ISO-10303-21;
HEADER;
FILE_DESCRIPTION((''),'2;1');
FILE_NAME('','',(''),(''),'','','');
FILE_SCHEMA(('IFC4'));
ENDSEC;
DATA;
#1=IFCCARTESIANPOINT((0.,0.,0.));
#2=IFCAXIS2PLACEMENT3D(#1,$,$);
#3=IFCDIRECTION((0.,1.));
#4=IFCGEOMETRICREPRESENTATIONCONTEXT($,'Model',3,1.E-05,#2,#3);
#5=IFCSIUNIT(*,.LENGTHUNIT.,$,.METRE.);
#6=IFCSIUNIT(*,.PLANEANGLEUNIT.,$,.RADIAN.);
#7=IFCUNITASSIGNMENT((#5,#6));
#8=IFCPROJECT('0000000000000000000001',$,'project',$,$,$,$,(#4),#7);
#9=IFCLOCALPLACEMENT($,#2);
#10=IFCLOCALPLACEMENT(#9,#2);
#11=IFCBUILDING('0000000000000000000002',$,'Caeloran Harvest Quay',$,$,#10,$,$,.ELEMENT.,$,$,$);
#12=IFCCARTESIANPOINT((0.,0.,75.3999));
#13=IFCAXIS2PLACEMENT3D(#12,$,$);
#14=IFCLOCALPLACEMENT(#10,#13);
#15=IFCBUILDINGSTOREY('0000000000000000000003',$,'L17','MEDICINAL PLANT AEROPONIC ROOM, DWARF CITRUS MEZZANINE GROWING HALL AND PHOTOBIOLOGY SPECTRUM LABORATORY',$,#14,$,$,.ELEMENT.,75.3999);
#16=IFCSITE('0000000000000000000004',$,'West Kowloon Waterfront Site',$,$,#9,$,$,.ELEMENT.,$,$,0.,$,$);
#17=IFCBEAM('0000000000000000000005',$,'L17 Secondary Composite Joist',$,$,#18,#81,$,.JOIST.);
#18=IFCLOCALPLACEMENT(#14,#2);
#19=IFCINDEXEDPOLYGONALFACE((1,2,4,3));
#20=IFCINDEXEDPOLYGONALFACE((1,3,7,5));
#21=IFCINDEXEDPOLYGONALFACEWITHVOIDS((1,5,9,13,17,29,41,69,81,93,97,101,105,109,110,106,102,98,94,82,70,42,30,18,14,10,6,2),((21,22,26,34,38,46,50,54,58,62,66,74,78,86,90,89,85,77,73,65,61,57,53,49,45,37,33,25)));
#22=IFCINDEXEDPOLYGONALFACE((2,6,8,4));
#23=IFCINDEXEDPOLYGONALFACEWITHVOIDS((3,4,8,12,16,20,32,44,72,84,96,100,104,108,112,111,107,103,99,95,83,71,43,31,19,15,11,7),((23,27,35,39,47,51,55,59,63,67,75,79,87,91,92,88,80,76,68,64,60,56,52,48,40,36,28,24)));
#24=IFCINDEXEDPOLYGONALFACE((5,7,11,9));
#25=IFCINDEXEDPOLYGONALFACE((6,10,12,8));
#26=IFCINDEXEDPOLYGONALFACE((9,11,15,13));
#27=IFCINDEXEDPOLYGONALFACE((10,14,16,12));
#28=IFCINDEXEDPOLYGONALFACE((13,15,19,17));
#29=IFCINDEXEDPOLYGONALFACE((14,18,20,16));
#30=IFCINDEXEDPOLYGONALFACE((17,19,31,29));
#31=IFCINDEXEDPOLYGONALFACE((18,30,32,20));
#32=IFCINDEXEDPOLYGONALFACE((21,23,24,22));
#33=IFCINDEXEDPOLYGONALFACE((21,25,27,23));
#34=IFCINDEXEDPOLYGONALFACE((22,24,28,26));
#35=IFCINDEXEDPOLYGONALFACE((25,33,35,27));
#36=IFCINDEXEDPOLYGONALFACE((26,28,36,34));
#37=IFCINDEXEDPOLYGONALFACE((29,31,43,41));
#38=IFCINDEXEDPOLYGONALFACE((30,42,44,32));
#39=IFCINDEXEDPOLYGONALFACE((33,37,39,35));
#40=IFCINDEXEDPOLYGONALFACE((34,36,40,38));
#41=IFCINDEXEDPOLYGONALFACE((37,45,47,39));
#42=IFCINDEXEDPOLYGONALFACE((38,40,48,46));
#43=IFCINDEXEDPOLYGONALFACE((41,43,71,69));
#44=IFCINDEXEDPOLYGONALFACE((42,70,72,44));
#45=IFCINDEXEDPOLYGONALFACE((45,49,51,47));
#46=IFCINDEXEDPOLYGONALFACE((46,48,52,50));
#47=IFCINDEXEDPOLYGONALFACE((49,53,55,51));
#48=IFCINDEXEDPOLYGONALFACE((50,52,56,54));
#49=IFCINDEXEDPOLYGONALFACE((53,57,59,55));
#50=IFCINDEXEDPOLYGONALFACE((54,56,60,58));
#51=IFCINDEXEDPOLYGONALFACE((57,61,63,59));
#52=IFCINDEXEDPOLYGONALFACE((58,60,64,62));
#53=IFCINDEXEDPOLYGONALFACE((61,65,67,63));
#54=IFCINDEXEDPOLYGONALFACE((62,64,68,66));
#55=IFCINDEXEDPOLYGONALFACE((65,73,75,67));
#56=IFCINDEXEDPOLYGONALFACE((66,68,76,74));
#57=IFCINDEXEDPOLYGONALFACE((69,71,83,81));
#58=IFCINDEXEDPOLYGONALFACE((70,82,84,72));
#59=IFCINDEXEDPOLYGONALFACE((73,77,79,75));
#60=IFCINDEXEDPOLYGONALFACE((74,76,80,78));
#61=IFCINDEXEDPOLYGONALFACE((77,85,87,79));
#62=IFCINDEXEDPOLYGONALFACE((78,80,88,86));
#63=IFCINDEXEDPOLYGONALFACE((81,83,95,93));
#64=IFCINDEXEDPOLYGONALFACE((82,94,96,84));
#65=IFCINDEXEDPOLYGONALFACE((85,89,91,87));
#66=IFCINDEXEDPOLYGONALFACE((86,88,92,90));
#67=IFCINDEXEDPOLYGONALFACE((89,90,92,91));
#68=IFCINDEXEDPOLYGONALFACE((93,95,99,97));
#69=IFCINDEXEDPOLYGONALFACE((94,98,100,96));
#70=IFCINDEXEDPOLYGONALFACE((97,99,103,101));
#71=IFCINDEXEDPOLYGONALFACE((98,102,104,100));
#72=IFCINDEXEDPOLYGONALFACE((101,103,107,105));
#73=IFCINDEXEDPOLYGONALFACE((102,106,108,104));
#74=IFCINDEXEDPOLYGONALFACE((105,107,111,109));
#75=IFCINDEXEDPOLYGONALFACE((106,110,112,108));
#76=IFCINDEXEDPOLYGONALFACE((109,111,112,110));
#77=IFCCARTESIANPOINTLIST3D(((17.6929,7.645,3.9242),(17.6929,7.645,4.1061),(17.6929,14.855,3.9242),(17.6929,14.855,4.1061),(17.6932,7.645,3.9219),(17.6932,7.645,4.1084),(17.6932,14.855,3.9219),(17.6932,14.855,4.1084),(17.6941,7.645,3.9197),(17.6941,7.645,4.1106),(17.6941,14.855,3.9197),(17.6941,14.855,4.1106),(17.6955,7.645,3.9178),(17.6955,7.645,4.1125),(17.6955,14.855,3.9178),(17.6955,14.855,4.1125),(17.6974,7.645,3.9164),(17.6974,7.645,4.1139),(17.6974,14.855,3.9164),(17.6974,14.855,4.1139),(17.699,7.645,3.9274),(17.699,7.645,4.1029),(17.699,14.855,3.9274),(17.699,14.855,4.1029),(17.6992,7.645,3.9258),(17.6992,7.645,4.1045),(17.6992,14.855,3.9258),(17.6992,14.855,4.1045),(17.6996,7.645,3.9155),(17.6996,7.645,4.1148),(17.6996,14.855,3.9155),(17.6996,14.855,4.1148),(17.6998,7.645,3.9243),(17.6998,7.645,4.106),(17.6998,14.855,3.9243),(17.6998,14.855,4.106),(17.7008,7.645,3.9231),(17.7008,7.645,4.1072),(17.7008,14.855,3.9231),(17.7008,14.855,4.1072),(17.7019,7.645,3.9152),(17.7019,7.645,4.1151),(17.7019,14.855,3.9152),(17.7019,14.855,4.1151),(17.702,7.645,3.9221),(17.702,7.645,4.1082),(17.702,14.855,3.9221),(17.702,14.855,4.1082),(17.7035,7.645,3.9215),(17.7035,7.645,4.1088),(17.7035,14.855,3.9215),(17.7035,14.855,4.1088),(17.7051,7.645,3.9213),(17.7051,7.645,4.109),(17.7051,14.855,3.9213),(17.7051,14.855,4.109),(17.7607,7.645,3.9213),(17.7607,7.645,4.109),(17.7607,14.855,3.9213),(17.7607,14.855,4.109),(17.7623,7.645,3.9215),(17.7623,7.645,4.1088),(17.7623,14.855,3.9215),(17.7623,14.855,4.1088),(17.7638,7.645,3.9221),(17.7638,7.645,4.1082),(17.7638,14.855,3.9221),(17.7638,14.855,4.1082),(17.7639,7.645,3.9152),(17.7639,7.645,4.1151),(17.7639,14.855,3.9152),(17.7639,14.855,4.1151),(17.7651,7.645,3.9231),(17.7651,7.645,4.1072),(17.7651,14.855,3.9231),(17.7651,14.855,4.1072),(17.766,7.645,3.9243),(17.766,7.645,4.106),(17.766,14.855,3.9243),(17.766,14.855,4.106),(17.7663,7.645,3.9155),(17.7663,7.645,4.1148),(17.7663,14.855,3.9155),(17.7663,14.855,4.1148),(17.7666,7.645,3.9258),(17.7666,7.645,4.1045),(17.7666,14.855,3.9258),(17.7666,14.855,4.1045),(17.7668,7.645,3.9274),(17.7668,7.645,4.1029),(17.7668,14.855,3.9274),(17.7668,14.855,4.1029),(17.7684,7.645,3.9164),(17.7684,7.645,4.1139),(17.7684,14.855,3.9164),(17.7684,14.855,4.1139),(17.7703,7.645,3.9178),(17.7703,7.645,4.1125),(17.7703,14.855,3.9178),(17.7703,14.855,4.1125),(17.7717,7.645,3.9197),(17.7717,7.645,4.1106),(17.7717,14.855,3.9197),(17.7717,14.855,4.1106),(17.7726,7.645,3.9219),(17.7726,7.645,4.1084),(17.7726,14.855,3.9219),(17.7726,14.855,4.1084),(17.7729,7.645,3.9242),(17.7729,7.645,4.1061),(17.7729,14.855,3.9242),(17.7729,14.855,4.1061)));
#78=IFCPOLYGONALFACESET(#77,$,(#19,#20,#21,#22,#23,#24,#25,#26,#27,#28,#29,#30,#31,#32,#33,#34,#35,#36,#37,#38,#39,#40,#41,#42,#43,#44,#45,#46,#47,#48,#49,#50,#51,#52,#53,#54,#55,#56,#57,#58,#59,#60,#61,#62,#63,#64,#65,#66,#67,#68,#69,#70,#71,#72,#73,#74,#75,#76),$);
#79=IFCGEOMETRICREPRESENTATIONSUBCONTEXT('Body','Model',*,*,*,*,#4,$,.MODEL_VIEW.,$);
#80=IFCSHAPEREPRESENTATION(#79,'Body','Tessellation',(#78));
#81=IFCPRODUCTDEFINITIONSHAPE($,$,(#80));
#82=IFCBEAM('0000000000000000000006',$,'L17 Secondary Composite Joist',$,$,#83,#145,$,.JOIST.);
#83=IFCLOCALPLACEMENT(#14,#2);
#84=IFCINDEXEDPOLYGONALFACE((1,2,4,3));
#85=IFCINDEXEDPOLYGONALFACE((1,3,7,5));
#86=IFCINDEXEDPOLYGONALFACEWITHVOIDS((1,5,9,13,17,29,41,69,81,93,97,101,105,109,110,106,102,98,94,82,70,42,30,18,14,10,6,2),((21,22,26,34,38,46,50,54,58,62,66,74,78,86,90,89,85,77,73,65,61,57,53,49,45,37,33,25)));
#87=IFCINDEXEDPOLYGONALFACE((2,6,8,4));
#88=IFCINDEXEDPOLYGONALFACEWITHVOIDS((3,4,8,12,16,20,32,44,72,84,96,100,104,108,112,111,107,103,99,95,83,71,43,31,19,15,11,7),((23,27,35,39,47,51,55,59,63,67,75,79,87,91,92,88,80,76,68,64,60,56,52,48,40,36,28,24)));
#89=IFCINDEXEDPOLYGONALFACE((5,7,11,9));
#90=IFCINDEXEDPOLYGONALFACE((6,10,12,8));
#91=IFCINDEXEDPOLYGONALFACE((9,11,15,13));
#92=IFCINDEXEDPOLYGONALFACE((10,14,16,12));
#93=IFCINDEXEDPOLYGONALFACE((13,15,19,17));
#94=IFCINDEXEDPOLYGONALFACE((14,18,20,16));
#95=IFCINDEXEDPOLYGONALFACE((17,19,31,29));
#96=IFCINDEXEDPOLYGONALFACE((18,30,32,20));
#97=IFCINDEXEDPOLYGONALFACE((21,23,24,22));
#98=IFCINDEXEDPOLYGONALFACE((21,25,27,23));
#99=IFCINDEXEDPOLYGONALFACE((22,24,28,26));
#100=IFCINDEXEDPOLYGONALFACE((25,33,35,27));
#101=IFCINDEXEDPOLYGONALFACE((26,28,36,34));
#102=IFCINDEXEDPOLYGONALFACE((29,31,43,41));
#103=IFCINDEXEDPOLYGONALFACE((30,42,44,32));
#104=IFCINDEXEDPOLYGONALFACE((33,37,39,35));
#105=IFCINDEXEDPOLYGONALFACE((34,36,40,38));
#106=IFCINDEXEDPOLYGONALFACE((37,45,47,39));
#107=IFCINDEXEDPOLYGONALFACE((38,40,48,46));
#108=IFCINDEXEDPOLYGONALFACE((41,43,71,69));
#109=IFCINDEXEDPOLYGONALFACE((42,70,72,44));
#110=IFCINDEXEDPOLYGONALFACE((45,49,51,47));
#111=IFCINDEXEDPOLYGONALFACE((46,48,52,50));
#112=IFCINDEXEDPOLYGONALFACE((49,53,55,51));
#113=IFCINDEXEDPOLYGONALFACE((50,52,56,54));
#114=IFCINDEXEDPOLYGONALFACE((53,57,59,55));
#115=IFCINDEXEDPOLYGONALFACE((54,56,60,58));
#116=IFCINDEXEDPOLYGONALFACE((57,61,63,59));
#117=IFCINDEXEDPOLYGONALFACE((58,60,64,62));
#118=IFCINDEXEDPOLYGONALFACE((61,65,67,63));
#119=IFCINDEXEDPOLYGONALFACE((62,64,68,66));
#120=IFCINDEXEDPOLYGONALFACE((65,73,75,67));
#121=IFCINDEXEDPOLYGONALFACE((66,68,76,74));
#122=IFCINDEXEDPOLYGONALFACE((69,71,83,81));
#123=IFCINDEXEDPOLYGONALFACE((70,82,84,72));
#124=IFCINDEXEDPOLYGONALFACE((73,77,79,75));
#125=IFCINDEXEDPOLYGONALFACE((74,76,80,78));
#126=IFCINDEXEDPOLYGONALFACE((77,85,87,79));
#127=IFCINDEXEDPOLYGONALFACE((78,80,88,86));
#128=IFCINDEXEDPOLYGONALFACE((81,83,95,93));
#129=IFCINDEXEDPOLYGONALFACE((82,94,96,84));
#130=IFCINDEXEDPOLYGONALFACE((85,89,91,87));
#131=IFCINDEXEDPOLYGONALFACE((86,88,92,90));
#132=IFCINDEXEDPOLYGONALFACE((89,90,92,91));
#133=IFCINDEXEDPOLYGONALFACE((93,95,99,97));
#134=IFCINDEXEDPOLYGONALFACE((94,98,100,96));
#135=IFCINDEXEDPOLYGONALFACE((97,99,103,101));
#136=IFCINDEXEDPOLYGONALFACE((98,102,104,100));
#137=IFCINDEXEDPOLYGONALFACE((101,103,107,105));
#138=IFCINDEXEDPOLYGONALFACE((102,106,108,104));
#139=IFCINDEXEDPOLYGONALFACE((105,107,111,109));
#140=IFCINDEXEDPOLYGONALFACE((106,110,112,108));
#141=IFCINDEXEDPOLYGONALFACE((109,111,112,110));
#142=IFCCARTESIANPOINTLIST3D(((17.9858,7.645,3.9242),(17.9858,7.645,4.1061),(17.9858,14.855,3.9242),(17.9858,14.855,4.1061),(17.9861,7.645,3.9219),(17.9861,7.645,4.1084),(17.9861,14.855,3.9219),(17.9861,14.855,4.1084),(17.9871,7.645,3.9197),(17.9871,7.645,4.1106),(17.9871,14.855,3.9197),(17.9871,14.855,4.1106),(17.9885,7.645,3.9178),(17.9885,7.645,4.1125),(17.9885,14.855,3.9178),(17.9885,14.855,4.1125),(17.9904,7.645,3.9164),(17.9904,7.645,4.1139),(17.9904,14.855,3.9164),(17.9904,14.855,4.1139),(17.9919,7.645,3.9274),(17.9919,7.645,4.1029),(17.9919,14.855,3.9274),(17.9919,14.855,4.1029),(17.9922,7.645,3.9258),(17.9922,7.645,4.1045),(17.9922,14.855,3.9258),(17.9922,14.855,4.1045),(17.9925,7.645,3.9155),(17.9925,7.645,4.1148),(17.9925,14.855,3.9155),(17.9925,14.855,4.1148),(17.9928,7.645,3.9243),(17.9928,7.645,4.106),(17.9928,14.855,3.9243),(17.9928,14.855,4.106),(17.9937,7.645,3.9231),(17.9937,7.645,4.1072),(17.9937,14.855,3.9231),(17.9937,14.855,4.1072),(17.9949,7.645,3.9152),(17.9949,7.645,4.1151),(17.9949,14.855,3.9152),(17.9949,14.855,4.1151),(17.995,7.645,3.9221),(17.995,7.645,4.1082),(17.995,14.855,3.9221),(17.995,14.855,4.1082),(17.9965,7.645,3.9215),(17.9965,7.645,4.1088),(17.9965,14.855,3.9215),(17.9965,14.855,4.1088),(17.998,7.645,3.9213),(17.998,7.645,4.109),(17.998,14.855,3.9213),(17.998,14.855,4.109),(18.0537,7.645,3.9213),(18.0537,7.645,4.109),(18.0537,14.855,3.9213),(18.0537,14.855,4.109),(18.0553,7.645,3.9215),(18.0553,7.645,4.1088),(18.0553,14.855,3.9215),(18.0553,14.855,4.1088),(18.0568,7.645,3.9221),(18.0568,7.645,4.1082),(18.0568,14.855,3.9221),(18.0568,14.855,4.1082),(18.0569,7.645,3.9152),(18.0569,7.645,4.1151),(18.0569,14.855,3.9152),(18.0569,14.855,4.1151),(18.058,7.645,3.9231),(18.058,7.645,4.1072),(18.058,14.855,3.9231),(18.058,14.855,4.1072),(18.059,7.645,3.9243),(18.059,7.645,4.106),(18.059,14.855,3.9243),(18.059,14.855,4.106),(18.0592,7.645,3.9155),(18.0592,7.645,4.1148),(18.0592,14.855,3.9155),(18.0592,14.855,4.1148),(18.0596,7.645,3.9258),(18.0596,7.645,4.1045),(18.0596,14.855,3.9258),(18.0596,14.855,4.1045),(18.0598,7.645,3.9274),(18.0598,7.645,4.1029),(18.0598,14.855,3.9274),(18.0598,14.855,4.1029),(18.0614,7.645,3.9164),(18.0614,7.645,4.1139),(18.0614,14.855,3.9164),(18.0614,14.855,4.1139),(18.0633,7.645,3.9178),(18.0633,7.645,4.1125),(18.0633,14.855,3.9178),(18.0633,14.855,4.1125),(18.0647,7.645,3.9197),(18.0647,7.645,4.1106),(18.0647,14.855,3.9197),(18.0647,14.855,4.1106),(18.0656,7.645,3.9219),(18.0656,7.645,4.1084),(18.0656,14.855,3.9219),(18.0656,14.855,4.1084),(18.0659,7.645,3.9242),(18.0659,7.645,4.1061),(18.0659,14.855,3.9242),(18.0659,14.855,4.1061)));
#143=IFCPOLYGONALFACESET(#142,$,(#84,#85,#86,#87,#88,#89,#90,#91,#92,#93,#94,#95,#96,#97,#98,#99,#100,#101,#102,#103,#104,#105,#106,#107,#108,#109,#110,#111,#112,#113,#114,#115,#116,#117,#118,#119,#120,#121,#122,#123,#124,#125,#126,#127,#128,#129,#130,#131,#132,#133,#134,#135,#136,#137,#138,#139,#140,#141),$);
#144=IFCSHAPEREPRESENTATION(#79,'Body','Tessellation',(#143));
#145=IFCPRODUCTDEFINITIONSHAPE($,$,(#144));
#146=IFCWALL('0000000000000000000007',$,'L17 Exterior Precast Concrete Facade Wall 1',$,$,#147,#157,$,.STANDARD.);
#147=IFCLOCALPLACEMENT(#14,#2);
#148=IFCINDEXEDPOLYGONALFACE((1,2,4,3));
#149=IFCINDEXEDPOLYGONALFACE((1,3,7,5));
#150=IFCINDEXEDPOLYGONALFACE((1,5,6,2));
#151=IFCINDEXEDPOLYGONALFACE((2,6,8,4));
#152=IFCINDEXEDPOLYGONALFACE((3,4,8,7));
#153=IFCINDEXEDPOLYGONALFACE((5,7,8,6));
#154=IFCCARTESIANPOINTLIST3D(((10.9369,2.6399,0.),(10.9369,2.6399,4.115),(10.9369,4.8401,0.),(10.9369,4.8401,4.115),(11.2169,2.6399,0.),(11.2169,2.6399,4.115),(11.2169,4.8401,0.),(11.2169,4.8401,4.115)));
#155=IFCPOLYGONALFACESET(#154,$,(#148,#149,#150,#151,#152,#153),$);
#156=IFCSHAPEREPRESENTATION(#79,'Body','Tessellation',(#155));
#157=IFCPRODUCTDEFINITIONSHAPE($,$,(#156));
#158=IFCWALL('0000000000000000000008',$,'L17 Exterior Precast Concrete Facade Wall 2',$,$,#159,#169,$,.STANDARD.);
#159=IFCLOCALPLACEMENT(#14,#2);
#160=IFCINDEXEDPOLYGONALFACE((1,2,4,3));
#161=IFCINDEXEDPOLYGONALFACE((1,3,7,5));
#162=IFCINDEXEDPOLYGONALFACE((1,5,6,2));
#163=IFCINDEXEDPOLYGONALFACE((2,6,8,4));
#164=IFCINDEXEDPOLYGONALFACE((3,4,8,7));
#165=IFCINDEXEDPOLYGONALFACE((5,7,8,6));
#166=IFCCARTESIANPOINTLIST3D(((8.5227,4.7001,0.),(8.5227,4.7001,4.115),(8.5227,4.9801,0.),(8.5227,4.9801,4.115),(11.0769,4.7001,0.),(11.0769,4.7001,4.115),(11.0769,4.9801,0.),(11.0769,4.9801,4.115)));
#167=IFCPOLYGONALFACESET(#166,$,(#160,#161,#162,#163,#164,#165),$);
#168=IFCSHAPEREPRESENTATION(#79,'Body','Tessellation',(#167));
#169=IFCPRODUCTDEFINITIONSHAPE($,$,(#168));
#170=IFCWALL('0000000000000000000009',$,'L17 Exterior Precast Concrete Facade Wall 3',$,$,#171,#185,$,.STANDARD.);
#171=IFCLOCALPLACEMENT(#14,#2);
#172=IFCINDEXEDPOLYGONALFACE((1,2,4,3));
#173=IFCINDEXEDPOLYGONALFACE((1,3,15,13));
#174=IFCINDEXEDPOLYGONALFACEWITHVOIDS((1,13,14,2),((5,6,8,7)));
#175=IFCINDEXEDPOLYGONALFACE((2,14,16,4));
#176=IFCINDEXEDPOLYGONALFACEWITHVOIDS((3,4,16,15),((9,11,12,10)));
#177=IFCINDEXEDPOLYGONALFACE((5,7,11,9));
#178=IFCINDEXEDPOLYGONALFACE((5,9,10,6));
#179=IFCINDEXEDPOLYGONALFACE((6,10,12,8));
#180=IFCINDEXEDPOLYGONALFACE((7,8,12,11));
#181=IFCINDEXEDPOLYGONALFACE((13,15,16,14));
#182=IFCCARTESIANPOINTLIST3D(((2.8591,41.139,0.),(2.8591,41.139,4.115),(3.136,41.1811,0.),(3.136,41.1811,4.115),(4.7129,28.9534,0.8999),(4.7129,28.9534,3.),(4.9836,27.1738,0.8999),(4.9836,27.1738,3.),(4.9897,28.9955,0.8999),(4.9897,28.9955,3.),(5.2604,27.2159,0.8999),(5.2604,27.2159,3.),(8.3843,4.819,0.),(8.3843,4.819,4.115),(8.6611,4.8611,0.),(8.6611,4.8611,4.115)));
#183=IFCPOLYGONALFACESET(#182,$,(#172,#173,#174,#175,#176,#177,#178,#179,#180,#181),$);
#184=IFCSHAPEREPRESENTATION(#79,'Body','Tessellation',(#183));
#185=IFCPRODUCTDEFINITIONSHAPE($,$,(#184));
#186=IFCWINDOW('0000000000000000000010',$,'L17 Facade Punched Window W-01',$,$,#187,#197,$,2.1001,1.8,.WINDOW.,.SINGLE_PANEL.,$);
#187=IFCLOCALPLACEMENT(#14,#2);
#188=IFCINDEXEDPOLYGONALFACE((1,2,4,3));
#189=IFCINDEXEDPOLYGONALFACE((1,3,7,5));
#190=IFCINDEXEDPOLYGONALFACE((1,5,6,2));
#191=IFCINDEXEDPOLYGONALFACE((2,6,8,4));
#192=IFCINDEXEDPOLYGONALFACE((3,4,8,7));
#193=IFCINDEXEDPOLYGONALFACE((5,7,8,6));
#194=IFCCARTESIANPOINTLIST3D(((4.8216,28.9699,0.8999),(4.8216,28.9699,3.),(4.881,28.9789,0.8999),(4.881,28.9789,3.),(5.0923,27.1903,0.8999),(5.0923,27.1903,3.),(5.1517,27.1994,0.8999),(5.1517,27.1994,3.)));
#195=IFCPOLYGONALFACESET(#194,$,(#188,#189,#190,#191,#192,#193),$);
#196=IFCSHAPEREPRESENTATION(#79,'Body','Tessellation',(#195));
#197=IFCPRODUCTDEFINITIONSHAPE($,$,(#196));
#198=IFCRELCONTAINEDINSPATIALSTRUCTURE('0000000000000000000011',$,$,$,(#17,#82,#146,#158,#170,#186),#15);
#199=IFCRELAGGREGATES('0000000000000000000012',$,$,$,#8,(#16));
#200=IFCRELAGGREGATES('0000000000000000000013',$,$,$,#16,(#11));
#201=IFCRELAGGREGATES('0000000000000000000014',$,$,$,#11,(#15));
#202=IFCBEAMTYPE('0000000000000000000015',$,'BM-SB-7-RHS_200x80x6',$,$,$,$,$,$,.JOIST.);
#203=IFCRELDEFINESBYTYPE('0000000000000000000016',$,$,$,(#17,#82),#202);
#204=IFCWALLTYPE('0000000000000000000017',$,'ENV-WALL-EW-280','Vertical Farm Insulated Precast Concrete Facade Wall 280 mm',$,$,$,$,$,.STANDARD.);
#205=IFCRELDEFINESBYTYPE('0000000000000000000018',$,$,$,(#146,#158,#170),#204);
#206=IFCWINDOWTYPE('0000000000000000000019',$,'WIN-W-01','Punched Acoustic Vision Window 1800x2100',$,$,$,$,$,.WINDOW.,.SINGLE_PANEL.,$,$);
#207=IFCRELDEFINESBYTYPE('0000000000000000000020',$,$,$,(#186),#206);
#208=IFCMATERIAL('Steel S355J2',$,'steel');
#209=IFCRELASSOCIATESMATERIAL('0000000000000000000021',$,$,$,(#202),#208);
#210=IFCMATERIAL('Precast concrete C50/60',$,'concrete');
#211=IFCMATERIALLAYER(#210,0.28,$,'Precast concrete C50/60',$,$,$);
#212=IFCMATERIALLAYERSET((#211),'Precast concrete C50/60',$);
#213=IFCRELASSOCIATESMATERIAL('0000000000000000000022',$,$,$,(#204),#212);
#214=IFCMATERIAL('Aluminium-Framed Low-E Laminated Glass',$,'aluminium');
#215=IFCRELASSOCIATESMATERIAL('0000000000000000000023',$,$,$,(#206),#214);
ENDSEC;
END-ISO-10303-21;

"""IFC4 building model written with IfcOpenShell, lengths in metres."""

from ifc_helpers import new_model, si_unit, direction, frame, frame_2d, origin, origin_2d, place, context, subcontext, project, spatial, rectangle, hollow_rectangle, extrude, material, layer, layer_set, material_profile, profile_set, type_object, element, fill, save


model = new_model("IFC4")

# Units and contexts
model_context = context("Model", 3, precision=1e-05, world=origin(), true_north=direction((0.0, 1.0)))
body_context = subcontext(model_context, "Body", "Model", "MODEL_VIEW")
ifc_project = project(units=[si_unit("LENGTHUNIT", "METRE"), si_unit("PLANEANGLEUNIT", "RADIAN")], contexts=[model_context])

# Site, building, storey
site_placement = place(None, origin())
site = spatial("IfcSite", under=ifc_project, at=site_placement, Name="West Kowloon Waterfront Site", CompositionType="ELEMENT", RefElevation=0.0)
building_placement = place(site_placement, origin())
building = spatial("IfcBuilding", under=site, at=building_placement, Name="Caeloran Harvest Quay", CompositionType="ELEMENT")
storey_placement = place(building_placement, frame((0.0, 0.0, 75.3999)))
storey = spatial("IfcBuildingStorey", under=building, at=storey_placement, Name="L17", Description="MEDICINAL PLANT AEROPONIC ROOM, DWARF CITRUS MEZZANINE GROWING HALL AND PHOTOBIOLOGY SPECTRUM LABORATORY", CompositionType="ELEMENT", Elevation=75.3999)

# Beams
ifc_material_1 = material(Name="Steel S355J2", Category="steel")
ifc_material_profile_1 = material_profile(ifc_material_1, hollow_rectangle(XDim=0.0801, YDim=0.2, WallThickness=0.0061, InnerFilletRadius=0.0061, OuterFilletRadius=0.009, at=origin_2d()), Name="RHS 200x80x6")
ifc_profile_set_1 = profile_set([ifc_material_profile_1], Name="Steel S355J2")
beam_type_1 = type_object("IfcBeamType", Name="BM-SB-7-RHS_200x80x6", PredefinedType="JOIST", material=ifc_profile_set_1)
for number, where, z_axis, x_axis, name in (
    (1, (17.7329, 7.645, 4.0151), (0.0, 1.0, 0.0), (-1.0, 0.0, 0.0), "L17 Secondary Composite Joist"),
    (2, (18.0259, 7.645, 4.0151), (0.0, 1.0, 0.0), (-1.0, 0.0, 0.0), "L17 Secondary Composite Joist"),
):
    element("IfcBeam", number, at=place(storey_placement, frame(where, z_axis=z_axis, x_axis=x_axis)), inside=storey, type_object=beam_type_1, Name=name, PredefinedType="JOIST", context=body_context, shape_type="SweptSolid", body=[
        extrude(hollow_rectangle(XDim=0.0801, YDim=0.2, WallThickness=0.0061, InnerFilletRadius=0.0061, OuterFilletRadius=0.009, at=origin_2d()), origin(), (0.0, 0.0, 1.0), 7.21),
    ])

# Walls
ifc_material_2 = material(Name="Precast concrete C50/60", Category="concrete")
ifc_layer_1 = layer(ifc_material_2, 0.28, Name="Precast concrete C50/60")
ifc_layer_set_1 = layer_set([ifc_layer_1], Name="Precast concrete C50/60")
wall_type_1 = type_object("IfcWallType", Name="ENV-WALL-EW-280", Description="Vertical Farm Insulated Precast Concrete Facade Wall 280 mm", PredefinedType="STANDARD", material=ifc_layer_set_1)
wall_1_placement = place(storey_placement, frame((11.0769, 2.6399, 0.0), z_axis=(0.0, 0.0, 1.0), x_axis=(0.0, 1.0, 0.0)))
element("IfcWall", 3, at=wall_1_placement, inside=storey, type_object=wall_type_1, Name="L17 Exterior Precast Concrete Facade Wall 1", PredefinedType="STANDARD", context=body_context, shape_type="SweptSolid", body=[
    extrude(rectangle(XDim=2.2002, YDim=0.28, at=frame_2d((1.1001, 0.0))), origin(), (0.0, 0.0, 1.0), 4.115),
])
wall_2_placement = place(storey_placement, frame((11.0769, 4.8401, 0.0), z_axis=(0.0, 0.0, 1.0), x_axis=(-1.0, 0.0, 0.0)))
element("IfcWall", 4, at=wall_2_placement, inside=storey, type_object=wall_type_1, Name="L17 Exterior Precast Concrete Facade Wall 2", PredefinedType="STANDARD", context=body_context, shape_type="SweptSolid", body=[
    extrude(rectangle(XDim=2.5542, YDim=0.28, at=frame_2d((1.2771, 0.0))), origin(), (0.0, 0.0, 1.0), 4.115),
])

# Wall, opening, window
wall_3_placement = place(storey_placement, frame((8.5227, 4.8401, 0.0), z_axis=(0.0, 0.0, 1.0), x_axis=(-0.150395, 0.988626, 0.0)))
wall_3 = element("IfcWall", 5, at=wall_3_placement, inside=storey, type_object=wall_type_1, Name="L17 Exterior Precast Concrete Facade Wall 3", PredefinedType="STANDARD", context=body_context, shape_type="SweptSolid", body=[
    extrude(rectangle(XDim=36.7378, YDim=0.28, at=frame_2d((18.3689, 0.0))), origin(), (0.0, 0.0, 1.0), 4.115),
])
opening_placement = place(wall_3_placement, frame((22.6121, 0.0, 0.8999)))
opening = element("IfcOpeningElement", 6, at=opening_placement, cuts=wall_3, PredefinedType="OPENING", context=body_context, shape_type="SweptSolid", body=[
    extrude(rectangle(XDim=1.8, YDim=2.1001, at=frame_2d((0.8999, 1.05))), frame((0.0, 0.1499, 0.0), z_axis=(0.0, -1.0, 0.0), x_axis=(1.0, 0.0, 0.0)), (0.0, 0.0, 1.0), 0.3),
])
ifc_material_3 = material(Name="Aluminium-Framed Low-E Laminated Glass", Category="aluminium")
window_type = type_object("IfcWindowType", Name="WIN-W-01", Description="Punched Acoustic Vision Window 1800x2100", PartitioningType="SINGLE_PANEL", PredefinedType="WINDOW", material=ifc_material_3)
window_placement = place(opening_placement, origin())
window = element("IfcWindow", 7, at=window_placement, inside=storey, type_object=window_type, Name="L17 Facade Punched Window W-01", OverallHeight=2.1001, OverallWidth=1.8, PartitioningType="SINGLE_PANEL", PredefinedType="WINDOW", context=body_context, shape_type="SweptSolid", body=[
    extrude(rectangle(XDim=1.8, YDim=2.1001, at=frame_2d((0.8999, 1.05))), frame((0.0, 0.03, 0.0), z_axis=(0.0, -1.0, 0.0), x_axis=(1.0, 0.0, 0.0)), (0.0, 0.0, 1.0), 0.0601),
])
fill(opening, window)

save(model, "model.ifc")
